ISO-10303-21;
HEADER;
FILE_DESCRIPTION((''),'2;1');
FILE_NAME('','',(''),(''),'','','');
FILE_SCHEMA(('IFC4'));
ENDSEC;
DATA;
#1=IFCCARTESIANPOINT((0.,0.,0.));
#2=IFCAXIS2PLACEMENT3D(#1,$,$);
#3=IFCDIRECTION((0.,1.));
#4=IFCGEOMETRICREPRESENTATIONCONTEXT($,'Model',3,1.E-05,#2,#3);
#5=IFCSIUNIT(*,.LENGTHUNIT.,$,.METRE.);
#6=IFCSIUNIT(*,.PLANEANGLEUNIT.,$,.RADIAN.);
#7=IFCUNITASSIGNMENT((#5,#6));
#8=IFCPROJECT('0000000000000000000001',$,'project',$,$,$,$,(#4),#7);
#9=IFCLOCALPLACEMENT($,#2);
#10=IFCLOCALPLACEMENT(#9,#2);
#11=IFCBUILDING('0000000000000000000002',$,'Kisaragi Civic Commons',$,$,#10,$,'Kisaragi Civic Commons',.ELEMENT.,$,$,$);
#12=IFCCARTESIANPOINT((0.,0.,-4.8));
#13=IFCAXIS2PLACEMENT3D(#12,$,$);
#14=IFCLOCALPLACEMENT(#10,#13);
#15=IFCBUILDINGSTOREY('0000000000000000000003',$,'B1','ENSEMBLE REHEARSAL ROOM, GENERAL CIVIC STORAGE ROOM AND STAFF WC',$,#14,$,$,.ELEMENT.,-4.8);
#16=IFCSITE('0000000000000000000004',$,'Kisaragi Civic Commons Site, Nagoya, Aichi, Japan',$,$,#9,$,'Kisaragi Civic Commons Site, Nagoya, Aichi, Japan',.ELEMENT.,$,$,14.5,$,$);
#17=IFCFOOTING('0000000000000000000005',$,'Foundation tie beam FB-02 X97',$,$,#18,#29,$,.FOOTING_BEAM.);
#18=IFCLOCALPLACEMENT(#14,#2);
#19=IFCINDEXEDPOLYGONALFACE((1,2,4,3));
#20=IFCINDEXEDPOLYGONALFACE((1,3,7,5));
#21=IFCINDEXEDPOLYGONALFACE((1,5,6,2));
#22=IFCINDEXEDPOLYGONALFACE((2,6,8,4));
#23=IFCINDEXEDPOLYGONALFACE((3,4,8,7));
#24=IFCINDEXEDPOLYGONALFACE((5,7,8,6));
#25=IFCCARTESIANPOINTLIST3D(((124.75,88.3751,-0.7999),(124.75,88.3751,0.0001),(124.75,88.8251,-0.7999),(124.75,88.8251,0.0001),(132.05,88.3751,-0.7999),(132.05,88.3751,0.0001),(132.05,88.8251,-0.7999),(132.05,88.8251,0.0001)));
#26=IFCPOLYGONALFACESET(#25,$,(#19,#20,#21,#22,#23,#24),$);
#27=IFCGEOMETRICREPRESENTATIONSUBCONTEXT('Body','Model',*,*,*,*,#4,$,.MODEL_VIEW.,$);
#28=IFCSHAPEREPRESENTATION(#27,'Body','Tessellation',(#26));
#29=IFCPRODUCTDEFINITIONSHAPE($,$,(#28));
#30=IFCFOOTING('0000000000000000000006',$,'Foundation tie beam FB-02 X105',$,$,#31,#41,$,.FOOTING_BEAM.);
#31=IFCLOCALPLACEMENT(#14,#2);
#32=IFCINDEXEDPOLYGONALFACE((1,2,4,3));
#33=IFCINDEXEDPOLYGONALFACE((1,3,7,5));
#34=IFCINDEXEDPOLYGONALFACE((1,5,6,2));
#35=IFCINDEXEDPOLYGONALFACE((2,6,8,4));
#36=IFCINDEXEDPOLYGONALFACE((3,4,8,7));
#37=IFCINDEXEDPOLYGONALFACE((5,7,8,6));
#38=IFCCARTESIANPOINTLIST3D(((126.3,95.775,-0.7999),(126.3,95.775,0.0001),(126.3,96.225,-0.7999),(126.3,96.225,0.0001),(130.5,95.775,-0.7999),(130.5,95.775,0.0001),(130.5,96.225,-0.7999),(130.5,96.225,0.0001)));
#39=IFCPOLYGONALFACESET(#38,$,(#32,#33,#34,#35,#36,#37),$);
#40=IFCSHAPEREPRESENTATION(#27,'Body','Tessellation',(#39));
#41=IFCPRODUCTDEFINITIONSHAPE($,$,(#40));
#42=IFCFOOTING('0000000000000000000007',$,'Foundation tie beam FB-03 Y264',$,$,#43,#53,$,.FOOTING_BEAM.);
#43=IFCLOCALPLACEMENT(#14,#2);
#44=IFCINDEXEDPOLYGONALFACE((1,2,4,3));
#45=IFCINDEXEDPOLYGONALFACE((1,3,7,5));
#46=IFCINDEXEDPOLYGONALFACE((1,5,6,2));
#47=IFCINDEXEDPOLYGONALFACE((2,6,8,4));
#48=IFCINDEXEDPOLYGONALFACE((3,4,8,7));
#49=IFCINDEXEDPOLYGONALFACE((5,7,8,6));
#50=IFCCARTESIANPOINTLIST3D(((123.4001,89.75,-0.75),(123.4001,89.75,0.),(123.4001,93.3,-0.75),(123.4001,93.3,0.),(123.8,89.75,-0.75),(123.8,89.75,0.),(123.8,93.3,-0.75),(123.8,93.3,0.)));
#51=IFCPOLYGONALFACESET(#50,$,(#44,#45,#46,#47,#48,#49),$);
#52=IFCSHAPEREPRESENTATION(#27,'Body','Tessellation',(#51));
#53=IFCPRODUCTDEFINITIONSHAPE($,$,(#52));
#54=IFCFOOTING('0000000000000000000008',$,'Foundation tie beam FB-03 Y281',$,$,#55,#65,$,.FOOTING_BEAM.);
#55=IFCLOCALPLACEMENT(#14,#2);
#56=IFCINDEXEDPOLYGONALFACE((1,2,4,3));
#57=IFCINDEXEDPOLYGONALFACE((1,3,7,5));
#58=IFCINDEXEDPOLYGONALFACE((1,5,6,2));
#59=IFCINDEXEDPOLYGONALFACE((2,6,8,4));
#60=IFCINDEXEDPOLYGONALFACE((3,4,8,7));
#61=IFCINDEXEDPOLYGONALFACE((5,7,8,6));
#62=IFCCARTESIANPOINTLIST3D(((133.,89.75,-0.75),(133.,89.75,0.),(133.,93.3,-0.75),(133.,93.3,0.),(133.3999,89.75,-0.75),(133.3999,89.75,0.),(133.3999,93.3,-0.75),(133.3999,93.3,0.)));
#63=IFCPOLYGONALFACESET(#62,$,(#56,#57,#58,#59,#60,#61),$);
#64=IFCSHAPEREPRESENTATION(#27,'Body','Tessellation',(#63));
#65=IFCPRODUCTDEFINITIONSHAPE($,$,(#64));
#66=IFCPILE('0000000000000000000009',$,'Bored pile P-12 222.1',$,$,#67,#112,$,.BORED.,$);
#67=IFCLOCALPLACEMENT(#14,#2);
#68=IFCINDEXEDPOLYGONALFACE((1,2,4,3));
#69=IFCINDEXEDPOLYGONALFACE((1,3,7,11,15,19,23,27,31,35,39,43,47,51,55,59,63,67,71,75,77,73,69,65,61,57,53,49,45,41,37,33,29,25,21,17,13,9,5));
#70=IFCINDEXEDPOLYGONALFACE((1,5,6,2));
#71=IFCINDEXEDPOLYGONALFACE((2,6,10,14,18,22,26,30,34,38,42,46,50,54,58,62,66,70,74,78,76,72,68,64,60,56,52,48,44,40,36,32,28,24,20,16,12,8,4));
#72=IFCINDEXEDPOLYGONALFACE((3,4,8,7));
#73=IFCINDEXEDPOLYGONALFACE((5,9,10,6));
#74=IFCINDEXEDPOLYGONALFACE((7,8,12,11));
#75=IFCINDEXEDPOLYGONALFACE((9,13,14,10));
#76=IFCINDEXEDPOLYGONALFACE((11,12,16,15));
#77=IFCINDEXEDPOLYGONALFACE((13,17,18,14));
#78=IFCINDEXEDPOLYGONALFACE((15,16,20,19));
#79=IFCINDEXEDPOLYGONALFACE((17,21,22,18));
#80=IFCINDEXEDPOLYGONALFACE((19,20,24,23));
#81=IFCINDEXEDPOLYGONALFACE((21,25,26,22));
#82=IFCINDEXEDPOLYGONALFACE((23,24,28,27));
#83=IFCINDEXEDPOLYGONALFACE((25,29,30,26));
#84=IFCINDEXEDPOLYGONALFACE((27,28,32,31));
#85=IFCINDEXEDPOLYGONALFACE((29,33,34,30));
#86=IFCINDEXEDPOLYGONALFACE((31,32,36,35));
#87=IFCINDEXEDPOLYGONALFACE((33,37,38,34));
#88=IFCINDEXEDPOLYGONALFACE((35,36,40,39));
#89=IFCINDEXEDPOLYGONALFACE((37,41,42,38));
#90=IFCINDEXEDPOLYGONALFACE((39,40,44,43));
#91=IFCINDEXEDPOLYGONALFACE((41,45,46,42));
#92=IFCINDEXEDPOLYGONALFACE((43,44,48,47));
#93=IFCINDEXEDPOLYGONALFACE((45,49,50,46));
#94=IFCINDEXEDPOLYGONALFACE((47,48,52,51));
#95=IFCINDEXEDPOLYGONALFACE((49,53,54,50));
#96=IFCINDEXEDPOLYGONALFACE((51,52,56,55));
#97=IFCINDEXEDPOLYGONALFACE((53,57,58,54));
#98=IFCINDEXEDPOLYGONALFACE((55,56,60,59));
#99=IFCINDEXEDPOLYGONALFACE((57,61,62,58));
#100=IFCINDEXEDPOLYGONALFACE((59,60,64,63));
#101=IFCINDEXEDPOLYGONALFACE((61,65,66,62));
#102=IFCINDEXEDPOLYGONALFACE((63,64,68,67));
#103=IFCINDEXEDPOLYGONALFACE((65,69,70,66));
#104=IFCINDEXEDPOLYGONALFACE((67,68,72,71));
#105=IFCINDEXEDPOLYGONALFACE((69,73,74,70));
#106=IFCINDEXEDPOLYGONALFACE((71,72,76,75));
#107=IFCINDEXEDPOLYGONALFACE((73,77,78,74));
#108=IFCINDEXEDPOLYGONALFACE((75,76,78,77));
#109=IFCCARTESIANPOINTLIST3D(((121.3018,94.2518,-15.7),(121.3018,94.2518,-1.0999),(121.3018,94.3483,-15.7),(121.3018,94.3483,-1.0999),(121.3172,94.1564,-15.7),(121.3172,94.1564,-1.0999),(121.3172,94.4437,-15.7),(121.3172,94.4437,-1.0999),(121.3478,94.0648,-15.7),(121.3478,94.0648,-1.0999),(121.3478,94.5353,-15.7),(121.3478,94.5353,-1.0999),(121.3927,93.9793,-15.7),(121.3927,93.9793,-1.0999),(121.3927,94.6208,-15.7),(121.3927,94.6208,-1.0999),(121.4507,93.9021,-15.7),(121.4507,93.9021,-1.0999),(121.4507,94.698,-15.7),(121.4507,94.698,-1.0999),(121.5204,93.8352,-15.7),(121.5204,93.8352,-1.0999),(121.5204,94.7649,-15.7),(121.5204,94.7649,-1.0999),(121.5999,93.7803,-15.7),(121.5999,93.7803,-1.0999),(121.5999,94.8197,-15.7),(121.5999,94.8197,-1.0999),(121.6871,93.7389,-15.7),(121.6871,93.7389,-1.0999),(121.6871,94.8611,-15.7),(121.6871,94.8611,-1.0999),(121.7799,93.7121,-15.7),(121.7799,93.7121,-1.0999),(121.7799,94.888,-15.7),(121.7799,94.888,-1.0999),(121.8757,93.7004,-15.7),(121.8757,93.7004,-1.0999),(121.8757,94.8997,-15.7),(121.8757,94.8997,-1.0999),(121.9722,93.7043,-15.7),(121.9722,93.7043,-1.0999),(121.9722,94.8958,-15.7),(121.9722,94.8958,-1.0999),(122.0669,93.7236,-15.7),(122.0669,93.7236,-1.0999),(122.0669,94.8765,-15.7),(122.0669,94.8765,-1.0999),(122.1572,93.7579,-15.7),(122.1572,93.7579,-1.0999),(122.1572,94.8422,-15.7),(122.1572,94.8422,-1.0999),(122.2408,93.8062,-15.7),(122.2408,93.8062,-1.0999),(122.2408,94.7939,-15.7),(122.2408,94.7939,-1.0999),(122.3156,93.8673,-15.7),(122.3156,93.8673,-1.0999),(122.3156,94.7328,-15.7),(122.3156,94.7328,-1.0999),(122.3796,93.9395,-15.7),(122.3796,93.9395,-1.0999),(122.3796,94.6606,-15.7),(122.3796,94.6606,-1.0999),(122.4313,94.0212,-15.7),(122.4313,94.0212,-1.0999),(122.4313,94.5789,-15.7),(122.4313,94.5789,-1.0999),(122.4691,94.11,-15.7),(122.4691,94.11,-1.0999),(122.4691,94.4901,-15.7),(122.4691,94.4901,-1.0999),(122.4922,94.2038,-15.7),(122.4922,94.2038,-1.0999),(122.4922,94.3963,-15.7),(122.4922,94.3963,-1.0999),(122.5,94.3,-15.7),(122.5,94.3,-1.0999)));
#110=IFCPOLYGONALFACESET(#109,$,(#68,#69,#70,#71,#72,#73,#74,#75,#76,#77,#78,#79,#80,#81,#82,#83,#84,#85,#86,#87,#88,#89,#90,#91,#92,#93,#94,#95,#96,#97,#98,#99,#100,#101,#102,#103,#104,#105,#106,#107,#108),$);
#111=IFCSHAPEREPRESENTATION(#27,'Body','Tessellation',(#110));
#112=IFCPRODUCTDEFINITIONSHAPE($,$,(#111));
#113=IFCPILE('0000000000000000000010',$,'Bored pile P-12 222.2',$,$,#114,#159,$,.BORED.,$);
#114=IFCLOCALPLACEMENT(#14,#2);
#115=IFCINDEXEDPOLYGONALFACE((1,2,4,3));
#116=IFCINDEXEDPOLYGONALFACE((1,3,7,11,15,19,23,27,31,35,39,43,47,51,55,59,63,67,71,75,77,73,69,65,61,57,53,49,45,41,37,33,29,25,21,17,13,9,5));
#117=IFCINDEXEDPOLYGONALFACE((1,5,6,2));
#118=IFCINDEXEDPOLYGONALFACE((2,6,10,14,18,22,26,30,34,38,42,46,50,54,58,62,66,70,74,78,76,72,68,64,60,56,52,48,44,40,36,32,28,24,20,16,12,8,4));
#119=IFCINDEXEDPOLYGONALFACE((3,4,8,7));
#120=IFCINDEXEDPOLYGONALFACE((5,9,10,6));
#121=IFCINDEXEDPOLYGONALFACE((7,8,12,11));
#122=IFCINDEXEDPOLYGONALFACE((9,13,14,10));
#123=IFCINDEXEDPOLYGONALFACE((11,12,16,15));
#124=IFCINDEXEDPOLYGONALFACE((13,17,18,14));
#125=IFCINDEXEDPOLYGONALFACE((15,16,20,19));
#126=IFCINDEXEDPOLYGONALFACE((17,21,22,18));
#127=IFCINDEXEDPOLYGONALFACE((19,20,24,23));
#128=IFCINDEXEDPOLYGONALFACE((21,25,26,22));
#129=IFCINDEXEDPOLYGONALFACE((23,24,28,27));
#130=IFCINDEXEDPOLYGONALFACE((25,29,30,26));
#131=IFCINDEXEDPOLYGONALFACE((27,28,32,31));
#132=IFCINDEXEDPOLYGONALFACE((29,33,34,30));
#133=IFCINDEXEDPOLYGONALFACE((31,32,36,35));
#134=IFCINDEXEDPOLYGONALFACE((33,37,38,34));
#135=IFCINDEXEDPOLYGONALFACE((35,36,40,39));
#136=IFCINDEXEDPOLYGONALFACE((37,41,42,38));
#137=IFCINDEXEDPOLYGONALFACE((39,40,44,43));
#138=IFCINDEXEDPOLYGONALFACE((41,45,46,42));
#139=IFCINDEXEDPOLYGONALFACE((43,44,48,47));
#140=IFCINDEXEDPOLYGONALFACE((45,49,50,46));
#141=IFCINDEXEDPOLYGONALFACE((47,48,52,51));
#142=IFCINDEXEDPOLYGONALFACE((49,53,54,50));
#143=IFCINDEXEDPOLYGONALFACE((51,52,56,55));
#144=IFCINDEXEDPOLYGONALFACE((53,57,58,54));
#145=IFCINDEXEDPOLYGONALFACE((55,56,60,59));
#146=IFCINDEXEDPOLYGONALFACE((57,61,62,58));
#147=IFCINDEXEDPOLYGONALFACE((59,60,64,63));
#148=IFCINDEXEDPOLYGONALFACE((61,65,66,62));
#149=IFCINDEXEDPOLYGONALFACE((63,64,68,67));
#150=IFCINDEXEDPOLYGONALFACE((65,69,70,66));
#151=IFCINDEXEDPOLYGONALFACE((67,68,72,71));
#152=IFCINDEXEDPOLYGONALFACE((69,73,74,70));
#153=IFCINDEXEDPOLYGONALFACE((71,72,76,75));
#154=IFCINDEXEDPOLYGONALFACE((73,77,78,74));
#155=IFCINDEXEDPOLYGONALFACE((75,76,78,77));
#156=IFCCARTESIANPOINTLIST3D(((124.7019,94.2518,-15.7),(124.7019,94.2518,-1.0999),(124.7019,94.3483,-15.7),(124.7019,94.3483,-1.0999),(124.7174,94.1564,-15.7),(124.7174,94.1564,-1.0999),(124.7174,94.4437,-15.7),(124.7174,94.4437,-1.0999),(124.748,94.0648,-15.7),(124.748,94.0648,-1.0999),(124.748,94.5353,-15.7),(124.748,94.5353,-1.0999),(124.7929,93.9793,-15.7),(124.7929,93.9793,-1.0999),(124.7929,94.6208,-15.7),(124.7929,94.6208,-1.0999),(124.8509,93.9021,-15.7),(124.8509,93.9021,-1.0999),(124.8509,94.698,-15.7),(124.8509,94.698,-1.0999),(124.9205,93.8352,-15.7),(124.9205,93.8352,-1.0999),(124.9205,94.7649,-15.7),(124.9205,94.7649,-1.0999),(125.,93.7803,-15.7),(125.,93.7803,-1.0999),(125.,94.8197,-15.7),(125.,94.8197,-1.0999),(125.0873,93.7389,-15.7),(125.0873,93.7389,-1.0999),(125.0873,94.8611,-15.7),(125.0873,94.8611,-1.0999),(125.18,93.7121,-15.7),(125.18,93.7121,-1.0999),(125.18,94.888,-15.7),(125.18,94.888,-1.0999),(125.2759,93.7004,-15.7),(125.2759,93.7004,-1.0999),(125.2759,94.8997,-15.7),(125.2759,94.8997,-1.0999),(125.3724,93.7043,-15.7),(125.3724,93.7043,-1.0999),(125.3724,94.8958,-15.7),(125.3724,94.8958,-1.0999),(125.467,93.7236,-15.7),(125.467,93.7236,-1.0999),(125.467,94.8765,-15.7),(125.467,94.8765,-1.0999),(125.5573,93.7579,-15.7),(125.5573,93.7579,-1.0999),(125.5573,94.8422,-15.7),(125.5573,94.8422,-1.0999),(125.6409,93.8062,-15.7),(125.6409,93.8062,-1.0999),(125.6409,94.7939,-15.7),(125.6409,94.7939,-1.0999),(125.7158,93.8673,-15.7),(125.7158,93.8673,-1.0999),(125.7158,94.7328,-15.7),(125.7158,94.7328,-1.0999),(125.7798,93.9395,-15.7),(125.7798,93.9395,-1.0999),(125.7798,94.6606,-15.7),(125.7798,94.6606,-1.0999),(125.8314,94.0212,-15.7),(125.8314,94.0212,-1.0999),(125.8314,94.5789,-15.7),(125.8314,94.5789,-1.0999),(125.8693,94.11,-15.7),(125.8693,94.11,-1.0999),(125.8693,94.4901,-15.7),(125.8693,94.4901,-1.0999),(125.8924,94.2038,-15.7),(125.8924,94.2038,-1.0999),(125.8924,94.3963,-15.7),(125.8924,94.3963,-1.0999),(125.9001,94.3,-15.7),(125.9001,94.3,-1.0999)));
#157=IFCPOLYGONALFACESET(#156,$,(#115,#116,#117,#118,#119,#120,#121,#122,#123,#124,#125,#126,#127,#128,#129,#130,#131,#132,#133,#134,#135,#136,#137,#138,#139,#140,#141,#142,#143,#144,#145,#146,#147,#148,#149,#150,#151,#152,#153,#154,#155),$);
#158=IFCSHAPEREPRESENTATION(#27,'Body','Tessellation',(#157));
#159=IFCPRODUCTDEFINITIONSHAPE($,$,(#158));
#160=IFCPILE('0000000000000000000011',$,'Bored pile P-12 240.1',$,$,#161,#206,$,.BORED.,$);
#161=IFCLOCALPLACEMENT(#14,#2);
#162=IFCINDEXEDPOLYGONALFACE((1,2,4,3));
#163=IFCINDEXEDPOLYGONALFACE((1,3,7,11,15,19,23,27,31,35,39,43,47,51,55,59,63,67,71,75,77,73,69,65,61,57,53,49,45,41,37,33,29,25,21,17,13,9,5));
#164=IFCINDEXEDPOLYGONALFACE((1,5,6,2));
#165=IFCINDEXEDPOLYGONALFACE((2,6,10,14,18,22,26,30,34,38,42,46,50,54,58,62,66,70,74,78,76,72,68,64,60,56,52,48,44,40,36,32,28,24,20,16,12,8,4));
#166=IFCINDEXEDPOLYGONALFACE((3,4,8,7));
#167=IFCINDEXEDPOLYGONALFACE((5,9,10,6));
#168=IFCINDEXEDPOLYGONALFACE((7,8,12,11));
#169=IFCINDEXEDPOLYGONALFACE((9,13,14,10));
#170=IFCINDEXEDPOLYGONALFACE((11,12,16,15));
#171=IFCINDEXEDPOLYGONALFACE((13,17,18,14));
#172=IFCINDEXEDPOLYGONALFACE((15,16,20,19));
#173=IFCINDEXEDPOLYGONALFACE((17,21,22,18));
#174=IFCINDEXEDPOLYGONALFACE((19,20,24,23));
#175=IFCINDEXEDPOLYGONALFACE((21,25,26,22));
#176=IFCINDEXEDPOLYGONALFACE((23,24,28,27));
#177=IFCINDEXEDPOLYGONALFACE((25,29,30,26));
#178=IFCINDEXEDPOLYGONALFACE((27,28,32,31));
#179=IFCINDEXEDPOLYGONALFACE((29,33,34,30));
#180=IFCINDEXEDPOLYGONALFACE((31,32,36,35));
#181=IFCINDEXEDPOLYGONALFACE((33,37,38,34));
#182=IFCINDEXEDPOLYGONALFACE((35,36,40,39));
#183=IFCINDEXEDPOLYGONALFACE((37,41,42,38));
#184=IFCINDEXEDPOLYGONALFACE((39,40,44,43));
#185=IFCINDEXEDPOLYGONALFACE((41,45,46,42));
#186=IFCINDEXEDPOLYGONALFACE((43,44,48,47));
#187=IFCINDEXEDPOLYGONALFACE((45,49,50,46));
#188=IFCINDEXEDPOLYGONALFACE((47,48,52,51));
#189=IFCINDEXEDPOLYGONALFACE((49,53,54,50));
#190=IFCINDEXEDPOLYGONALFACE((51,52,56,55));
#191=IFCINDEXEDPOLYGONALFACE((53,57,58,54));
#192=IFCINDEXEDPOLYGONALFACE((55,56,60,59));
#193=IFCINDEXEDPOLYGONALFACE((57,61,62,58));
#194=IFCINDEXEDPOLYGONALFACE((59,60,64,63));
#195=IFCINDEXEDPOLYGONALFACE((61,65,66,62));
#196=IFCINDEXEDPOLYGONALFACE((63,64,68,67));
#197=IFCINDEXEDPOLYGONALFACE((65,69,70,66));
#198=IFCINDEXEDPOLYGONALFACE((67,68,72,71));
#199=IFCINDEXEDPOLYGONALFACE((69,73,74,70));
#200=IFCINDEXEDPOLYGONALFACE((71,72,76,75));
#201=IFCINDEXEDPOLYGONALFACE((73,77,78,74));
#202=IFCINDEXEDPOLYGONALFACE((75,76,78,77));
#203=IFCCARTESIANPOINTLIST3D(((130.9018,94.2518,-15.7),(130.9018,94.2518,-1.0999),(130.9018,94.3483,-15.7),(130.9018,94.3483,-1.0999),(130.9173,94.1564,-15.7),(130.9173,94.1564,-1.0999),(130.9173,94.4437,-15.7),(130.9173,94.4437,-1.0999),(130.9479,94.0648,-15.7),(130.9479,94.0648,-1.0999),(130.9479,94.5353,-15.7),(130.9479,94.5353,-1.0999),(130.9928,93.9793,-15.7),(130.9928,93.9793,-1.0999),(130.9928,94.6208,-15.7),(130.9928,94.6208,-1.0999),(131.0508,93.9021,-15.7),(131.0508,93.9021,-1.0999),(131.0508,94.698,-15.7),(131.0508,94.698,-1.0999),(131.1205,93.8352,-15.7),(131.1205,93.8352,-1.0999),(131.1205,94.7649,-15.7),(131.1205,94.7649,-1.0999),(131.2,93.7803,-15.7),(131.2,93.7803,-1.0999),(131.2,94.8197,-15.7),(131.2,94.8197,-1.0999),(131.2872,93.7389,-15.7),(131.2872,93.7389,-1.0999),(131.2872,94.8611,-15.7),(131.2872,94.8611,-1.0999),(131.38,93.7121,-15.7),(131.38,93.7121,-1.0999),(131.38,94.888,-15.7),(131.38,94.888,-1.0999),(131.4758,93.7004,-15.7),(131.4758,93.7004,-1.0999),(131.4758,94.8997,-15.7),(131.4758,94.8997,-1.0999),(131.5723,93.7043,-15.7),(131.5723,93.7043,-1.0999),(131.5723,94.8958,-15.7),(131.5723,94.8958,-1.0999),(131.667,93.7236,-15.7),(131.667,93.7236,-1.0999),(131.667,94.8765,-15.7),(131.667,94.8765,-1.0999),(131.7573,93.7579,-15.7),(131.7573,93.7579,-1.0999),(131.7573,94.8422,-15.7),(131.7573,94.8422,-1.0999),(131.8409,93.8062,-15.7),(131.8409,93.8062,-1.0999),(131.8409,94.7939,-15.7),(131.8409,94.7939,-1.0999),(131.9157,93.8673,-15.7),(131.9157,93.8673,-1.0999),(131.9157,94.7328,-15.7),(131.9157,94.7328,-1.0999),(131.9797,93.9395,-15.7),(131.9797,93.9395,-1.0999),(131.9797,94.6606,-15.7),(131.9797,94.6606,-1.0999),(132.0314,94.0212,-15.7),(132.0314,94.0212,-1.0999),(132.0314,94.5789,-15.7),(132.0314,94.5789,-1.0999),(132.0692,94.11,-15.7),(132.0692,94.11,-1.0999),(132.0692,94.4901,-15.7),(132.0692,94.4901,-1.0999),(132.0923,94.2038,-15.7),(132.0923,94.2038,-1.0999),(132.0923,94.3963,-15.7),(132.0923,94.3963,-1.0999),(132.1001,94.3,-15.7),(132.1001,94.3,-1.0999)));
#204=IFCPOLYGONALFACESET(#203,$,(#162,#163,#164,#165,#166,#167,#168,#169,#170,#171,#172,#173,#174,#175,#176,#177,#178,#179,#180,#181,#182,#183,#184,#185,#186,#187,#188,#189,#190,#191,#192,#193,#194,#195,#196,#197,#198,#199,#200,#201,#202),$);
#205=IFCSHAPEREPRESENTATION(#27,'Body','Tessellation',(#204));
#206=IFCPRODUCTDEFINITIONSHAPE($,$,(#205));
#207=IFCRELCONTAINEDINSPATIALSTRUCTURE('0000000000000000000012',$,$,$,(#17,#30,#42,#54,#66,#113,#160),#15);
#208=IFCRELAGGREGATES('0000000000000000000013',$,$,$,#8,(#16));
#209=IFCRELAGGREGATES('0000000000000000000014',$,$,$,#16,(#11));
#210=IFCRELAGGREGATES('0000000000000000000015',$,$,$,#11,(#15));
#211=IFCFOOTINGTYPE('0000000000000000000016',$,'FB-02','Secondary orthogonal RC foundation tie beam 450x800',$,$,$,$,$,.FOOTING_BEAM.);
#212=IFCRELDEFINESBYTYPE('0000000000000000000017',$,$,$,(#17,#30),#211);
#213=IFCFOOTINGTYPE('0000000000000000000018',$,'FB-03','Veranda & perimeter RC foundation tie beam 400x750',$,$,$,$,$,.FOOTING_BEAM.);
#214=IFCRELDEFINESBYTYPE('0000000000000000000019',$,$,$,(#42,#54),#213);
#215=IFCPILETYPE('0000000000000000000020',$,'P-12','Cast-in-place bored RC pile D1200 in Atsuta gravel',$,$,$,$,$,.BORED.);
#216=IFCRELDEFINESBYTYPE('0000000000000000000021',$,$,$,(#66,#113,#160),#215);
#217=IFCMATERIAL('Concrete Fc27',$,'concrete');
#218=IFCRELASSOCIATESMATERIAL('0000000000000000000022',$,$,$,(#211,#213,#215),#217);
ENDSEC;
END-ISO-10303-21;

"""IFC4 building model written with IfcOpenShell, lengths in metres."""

from ifc_helpers import new_model, si_unit, direction, frame, origin, origin_2d, place, context, subcontext, project, spatial, rectangle, circle, extrude, material, material_profile, profile_set, type_object, element, save


model = new_model("IFC4")

# Units and contexts
model_context = context("Model", 3, precision=1e-05, world=origin(), true_north=direction((0.0, 1.0)))
body_context = subcontext(model_context, "Body", "Model", "MODEL_VIEW")
ifc_project = project(units=[si_unit("LENGTHUNIT", "METRE"), si_unit("PLANEANGLEUNIT", "RADIAN")], contexts=[model_context])

# Site, building, storey
site_placement = place(None, origin())
site = spatial("IfcSite", under=ifc_project, at=site_placement, Name="Kisaragi Civic Commons Site, Nagoya, Aichi, Japan", LongName="Kisaragi Civic Commons Site, Nagoya, Aichi, Japan", CompositionType="ELEMENT", RefElevation=14.5)
building_placement = place(site_placement, origin())
building = spatial("IfcBuilding", under=site, at=building_placement, Name="Kisaragi Civic Commons", LongName="Kisaragi Civic Commons", CompositionType="ELEMENT")
storey_placement = place(building_placement, frame((0.0, 0.0, -4.8)))
storey = spatial("IfcBuildingStorey", under=building, at=storey_placement, Name="B1", Description="ENSEMBLE REHEARSAL ROOM, GENERAL CIVIC STORAGE ROOM AND STAFF WC", CompositionType="ELEMENT", Elevation=-4.8)

# Footings
ifc_material_1 = material(Name="Concrete Fc27", Category="concrete")
ifc_material_profile_1 = material_profile(ifc_material_1, rectangle(XDim=0.45, YDim=0.8, at=origin_2d()), Name="RC-450x800", Category="concrete")
ifc_profile_set_1 = profile_set([ifc_material_profile_1], Name="Concrete Fc27")
footing_type_1 = type_object("IfcFootingType", Name="FB-02", Description="Secondary orthogonal RC foundation tie beam 450x800", PredefinedType="FOOTING_BEAM", material=ifc_profile_set_1)
footing_1_placement = place(storey_placement, frame((124.75, 88.6001, -0.3999), z_axis=(1.0, 0.0, 0.0), x_axis=(0.0, 1.0, 0.0)))
element("IfcFooting", 1, at=footing_1_placement, inside=storey, type_object=footing_type_1, Name="Foundation tie beam FB-02 X97", PredefinedType="FOOTING_BEAM", context=body_context, shape_type="SweptSolid", body=[
    extrude(rectangle(XDim=0.45, YDim=0.8, at=origin_2d()), origin(), (0.0, 0.0, 1.0), 7.3),
])
footing_2_placement = place(storey_placement, frame((126.3, 96.0, -0.3999), z_axis=(1.0, 0.0, 0.0), x_axis=(0.0, 1.0, 0.0)))
element("IfcFooting", 2, at=footing_2_placement, inside=storey, type_object=footing_type_1, Name="Foundation tie beam FB-02 X105", PredefinedType="FOOTING_BEAM", context=body_context, shape_type="SweptSolid", body=[
    extrude(rectangle(XDim=0.45, YDim=0.8, at=origin_2d()), origin(), (0.0, 0.0, 1.0), 4.2),
])
ifc_material_profile_2 = material_profile(ifc_material_1, rectangle(XDim=0.3999, YDim=0.75, at=origin_2d()), Name="RC-400x750", Category="concrete")
ifc_profile_set_2 = profile_set([ifc_material_profile_2], Name="Concrete Fc27")
footing_type_2 = type_object("IfcFootingType", Name="FB-03", Description="Veranda & perimeter RC foundation tie beam 400x750", PredefinedType="FOOTING_BEAM", material=ifc_profile_set_2)
for number, where, z_axis, x_axis, name in (
    (3, (123.6001, 89.75, -0.375), (0.0, 1.0, 0.0), (-1.0, 0.0, 0.0), "Foundation tie beam FB-03 Y264"),
    (4, (133.2, 89.75, -0.375), (0.0, 1.0, 0.0), (-1.0, 0.0, 0.0), "Foundation tie beam FB-03 Y281"),
):
    element("IfcFooting", number, at=place(storey_placement, frame(where, z_axis=z_axis, x_axis=x_axis)), inside=storey, type_object=footing_type_2, Name=name, PredefinedType="FOOTING_BEAM", context=body_context, shape_type="SweptSolid", body=[
        extrude(rectangle(XDim=0.3999, YDim=0.75, at=origin_2d()), origin(), (0.0, 0.0, 1.0), 3.55),
    ])

# Piles
ifc_material_profile_3 = material_profile(ifc_material_1, circle(Radius=0.6001, at=origin_2d()), Name="PILE-D1200", Category="concrete")
ifc_profile_set_3 = profile_set([ifc_material_profile_3], Name="Concrete Fc27")
pile_type = type_object("IfcPileType", Name="P-12", Description="Cast-in-place bored RC pile D1200 in Atsuta gravel", PredefinedType="BORED", material=ifc_profile_set_3)
for number, where, z_axis, x_axis, name in (
    (5, (121.8999, 94.3, -1.0999), (0.0, 0.0, -1.0), (1.0, 0.0, 0.0), "Bored pile P-12 222.1"),
    (6, (125.3, 94.3, -1.0999), (0.0, 0.0, -1.0), (1.0, 0.0, 0.0), "Bored pile P-12 222.2"),
    (7, (131.5, 94.3, -1.0999), (0.0, 0.0, -1.0), (1.0, 0.0, 0.0), "Bored pile P-12 240.1"),
):
    element("IfcPile", number, at=place(storey_placement, frame(where, z_axis=z_axis, x_axis=x_axis)), inside=storey, type_object=pile_type, Name=name, PredefinedType="BORED", context=body_context, shape_type="SweptSolid", body=[
        extrude(circle(Radius=0.6001, at=origin_2d()), origin(), (0.0, 0.0, 1.0), 14.6001),
    ])

save(model, "model.ifc")
